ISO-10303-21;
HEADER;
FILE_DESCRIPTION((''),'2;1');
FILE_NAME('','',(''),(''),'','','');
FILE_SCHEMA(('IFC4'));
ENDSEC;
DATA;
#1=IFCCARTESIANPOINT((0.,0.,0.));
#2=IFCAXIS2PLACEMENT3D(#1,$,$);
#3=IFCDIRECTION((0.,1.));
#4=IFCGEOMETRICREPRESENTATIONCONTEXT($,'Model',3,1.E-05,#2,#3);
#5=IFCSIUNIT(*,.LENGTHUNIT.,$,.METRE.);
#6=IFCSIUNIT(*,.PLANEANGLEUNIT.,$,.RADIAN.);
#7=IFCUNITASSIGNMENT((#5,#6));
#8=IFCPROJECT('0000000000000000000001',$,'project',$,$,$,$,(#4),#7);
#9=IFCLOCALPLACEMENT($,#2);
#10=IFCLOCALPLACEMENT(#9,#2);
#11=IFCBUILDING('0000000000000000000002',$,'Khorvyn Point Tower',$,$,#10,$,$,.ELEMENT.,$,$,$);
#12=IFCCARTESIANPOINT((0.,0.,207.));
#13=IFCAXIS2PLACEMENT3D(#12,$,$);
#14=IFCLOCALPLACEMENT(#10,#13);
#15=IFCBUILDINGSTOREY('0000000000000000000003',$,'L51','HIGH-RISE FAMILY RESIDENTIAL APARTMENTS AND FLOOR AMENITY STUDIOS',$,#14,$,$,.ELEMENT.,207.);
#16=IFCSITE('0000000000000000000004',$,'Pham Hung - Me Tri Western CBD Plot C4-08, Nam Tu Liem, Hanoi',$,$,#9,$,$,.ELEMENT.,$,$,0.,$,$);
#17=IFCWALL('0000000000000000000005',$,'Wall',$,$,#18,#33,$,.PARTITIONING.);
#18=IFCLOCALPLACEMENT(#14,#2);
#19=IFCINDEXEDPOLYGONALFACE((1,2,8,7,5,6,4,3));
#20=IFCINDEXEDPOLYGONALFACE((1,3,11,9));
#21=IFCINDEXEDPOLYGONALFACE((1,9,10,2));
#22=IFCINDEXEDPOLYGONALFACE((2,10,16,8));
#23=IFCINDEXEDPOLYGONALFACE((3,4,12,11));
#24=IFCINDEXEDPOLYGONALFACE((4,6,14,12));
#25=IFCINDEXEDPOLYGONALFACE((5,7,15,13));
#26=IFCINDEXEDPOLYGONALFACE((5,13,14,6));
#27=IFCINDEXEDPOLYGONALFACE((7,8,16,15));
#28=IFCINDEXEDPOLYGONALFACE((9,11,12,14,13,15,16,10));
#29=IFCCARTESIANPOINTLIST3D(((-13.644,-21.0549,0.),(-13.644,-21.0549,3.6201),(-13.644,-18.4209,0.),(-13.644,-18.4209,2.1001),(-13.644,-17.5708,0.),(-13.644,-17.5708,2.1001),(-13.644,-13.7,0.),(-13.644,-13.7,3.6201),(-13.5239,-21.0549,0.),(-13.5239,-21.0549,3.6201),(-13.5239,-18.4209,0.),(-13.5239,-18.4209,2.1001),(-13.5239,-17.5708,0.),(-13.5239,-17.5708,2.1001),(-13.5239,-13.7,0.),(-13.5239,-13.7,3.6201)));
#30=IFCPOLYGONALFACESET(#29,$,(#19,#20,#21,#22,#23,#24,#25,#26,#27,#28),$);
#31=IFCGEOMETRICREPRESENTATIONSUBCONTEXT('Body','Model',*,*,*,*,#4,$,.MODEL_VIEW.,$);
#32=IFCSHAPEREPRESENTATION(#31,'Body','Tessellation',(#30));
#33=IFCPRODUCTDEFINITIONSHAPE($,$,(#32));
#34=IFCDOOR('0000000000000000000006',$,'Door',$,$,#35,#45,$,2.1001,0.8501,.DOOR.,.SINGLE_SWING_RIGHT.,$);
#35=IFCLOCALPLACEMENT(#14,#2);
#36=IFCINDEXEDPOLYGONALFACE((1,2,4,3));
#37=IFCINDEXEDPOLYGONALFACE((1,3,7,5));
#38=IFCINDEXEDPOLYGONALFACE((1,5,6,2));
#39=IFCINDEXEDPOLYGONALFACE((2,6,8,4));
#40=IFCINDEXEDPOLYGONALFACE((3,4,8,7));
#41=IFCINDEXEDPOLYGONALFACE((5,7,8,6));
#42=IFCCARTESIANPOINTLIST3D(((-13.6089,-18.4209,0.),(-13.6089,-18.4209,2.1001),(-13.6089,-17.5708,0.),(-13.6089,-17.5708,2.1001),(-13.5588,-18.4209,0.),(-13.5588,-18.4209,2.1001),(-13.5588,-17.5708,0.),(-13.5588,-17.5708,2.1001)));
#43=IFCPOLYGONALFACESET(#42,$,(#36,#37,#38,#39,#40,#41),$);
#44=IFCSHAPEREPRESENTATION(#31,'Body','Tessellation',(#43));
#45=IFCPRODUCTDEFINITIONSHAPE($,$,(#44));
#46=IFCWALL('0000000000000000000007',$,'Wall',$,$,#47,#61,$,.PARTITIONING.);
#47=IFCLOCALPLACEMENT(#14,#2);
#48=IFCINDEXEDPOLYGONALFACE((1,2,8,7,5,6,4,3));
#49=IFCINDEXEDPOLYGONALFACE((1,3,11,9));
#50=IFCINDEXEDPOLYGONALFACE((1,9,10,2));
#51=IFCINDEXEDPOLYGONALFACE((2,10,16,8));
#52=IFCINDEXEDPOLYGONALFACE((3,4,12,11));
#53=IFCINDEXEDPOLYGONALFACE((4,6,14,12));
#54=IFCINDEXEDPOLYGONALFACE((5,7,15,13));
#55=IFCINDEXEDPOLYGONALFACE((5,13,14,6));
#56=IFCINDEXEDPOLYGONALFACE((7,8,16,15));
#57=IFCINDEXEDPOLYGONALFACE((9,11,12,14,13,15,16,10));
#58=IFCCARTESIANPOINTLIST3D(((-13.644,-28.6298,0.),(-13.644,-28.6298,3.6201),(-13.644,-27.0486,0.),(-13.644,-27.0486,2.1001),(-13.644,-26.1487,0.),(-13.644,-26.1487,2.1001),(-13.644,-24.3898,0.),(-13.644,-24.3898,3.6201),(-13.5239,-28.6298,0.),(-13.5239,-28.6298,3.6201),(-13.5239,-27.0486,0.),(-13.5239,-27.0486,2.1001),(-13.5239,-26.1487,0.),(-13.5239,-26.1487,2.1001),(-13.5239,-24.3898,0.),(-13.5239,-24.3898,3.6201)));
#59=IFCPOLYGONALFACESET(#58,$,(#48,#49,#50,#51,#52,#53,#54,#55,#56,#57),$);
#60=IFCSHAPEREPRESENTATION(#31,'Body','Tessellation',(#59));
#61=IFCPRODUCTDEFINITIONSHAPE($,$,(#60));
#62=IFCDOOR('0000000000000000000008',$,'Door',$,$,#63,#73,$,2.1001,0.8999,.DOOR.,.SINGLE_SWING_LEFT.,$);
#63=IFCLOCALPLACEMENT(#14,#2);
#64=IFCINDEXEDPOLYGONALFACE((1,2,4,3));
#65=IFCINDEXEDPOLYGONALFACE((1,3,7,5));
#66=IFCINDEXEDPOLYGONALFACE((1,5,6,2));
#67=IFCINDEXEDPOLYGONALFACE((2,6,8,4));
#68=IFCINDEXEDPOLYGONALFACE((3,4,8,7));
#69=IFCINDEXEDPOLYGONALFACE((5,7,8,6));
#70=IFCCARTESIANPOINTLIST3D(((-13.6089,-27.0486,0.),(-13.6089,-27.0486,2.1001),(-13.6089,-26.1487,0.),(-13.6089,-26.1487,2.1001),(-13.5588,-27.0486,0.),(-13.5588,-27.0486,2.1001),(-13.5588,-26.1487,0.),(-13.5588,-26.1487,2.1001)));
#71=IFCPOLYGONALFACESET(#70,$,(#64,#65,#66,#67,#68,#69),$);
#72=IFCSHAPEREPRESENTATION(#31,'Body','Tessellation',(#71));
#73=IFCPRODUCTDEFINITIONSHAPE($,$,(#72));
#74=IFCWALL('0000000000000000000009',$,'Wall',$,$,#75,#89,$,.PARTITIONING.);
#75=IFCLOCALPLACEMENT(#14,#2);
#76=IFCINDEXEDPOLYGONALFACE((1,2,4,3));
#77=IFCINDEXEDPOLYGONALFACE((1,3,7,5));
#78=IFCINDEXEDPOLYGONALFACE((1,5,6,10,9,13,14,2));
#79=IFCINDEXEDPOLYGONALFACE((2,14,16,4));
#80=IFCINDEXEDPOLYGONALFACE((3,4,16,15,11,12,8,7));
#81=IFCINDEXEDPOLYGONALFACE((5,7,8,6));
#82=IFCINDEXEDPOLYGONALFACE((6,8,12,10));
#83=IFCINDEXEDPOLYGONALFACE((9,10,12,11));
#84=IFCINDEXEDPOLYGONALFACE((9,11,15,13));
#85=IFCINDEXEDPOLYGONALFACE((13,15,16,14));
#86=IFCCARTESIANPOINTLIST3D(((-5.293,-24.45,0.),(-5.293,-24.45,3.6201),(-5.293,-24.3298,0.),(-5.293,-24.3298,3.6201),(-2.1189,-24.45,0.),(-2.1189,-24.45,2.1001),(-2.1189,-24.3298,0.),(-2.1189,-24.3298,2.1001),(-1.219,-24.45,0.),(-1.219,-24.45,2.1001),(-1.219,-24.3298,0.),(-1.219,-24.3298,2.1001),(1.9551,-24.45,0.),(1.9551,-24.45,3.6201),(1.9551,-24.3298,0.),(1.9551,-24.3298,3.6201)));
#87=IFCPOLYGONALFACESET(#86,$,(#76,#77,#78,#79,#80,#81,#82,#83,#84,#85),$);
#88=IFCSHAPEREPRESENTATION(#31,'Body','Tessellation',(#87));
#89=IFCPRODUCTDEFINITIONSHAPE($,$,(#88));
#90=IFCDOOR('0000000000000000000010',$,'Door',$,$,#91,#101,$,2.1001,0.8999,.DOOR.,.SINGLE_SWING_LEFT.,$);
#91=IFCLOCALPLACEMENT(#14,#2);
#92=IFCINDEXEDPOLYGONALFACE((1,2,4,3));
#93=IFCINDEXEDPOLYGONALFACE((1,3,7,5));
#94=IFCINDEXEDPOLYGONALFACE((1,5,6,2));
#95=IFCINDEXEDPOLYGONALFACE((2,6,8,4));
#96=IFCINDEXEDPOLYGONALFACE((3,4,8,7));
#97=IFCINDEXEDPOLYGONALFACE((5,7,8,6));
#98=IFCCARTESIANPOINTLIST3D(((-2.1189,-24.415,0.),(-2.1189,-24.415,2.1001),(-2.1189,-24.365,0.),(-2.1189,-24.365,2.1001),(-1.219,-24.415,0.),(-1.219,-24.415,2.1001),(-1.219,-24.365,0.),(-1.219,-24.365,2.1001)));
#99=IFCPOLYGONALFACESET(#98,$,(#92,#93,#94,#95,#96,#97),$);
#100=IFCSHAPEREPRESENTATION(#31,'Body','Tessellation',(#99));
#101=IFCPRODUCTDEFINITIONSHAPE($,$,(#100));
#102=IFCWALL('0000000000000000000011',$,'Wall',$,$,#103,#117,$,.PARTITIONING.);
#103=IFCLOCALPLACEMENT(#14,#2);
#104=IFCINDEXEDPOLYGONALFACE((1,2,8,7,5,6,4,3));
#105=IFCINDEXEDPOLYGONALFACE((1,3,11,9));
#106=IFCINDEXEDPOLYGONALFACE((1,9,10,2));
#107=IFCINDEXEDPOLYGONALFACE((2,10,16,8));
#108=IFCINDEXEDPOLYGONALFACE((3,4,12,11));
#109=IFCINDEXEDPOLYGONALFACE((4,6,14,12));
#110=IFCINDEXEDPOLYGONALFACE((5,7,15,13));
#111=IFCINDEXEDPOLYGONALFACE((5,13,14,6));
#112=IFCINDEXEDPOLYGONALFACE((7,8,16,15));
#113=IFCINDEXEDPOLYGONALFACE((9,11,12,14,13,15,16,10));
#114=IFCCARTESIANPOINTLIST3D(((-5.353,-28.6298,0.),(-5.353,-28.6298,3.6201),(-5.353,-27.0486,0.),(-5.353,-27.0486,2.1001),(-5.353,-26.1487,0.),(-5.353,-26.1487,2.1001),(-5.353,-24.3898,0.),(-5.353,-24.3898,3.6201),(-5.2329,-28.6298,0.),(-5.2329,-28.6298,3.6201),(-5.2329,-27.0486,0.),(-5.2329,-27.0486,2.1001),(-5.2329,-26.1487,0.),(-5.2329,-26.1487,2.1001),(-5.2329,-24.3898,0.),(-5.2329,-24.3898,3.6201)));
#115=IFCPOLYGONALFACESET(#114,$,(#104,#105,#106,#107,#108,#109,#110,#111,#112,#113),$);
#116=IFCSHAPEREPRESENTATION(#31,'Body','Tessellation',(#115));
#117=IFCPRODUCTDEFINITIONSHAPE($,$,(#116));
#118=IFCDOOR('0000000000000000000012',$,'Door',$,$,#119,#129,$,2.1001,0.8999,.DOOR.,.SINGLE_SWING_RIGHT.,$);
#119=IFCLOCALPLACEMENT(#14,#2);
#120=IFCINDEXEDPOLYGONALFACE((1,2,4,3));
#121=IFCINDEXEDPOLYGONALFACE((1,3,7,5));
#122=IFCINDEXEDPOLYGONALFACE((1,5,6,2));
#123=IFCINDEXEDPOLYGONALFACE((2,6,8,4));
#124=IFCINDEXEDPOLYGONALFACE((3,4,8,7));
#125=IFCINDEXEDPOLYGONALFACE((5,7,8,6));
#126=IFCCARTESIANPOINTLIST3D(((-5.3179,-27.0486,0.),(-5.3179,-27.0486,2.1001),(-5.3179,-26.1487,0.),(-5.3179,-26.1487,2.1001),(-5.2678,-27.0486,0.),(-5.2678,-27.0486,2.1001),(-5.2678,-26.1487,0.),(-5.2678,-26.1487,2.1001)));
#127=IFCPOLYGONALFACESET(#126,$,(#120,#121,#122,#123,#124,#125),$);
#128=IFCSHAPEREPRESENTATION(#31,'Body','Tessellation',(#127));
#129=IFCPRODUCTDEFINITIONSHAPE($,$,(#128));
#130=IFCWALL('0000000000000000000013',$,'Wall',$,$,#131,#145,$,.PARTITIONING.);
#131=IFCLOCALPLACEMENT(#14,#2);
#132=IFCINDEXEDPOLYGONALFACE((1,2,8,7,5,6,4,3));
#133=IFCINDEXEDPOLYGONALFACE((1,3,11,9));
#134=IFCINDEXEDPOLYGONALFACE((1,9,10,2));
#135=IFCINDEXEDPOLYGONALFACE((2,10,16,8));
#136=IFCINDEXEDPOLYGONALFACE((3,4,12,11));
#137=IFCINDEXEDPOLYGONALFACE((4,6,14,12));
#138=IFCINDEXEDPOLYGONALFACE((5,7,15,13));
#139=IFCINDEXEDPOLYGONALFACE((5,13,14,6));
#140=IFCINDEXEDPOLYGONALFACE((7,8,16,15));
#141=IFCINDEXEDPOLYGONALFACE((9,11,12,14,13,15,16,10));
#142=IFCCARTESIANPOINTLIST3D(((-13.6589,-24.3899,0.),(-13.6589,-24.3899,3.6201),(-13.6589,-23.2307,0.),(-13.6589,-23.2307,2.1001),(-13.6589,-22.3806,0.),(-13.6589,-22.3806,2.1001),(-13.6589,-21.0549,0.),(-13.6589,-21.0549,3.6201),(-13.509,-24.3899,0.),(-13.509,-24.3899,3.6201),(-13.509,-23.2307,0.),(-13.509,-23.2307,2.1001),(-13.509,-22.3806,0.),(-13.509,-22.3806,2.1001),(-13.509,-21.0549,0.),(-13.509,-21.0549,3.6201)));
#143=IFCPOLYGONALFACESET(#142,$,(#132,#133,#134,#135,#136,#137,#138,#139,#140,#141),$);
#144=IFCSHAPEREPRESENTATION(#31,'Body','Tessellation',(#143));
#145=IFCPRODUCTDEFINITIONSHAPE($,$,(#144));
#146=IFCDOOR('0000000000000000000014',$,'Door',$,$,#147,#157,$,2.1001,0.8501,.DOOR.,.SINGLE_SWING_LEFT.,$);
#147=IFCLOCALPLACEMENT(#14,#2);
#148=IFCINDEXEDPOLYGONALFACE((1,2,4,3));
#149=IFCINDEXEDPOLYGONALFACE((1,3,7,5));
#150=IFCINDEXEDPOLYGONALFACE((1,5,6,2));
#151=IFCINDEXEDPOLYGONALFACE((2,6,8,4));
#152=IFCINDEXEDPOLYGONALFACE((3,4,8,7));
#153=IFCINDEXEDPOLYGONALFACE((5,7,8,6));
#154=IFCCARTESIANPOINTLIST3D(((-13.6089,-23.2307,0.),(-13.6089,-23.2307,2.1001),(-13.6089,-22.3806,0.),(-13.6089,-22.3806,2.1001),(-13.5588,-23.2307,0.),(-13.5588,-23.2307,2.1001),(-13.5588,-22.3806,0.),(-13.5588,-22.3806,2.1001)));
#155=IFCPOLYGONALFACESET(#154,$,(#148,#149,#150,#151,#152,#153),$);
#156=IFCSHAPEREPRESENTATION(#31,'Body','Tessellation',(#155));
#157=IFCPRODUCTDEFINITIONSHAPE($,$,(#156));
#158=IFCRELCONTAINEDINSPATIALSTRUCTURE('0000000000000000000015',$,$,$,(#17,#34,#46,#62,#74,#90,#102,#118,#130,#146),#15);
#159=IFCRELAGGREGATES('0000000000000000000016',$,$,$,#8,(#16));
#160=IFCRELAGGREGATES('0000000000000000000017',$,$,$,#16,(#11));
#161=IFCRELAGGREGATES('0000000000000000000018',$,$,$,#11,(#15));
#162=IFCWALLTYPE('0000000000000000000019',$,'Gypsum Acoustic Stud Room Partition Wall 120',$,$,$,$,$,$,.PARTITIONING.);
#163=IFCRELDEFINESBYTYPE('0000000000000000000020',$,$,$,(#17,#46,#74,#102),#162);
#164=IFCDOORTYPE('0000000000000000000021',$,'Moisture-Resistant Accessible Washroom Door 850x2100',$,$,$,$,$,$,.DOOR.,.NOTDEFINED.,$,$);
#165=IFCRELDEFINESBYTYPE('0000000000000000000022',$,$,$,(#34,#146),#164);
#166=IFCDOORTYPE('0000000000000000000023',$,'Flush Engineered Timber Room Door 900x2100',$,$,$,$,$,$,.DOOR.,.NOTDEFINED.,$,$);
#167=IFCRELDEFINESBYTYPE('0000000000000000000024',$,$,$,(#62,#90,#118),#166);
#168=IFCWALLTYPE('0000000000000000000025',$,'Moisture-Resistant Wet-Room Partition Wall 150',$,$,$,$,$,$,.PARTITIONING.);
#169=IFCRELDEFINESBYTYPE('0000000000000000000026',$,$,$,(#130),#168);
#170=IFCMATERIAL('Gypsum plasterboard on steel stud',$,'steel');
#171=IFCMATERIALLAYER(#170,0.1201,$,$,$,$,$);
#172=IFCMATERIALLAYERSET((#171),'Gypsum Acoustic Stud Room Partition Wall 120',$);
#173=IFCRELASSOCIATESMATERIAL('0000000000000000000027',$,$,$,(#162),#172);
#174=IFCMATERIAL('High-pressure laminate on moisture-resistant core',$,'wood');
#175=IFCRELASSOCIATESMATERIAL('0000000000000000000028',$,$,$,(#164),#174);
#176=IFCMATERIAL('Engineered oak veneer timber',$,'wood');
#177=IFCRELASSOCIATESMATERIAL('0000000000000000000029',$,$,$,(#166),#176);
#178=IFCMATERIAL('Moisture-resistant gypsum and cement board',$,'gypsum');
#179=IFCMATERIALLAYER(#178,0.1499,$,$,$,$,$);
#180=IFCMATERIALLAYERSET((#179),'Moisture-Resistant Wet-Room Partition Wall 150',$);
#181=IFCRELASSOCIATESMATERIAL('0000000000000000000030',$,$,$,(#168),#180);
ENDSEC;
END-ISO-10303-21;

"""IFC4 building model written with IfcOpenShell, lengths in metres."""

from ifc_helpers import new_model, si_unit, direction, frame, frame_2d, origin, place, context, subcontext, project, spatial, rectangle, extrude, material, layer, layer_set, type_object, element, fill, save


model = new_model("IFC4")

# Units and contexts
model_context = context("Model", 3, precision=1e-05, world=origin(), true_north=direction((0.0, 1.0)))
body_context = subcontext(model_context, "Body", "Model", "MODEL_VIEW")
ifc_project = project(units=[si_unit("LENGTHUNIT", "METRE"), si_unit("PLANEANGLEUNIT", "RADIAN")], contexts=[model_context])

# Site, building, storey
site_placement = place(None, origin())
site = spatial("IfcSite", under=ifc_project, at=site_placement, Name="Pham Hung - Me Tri Western CBD Plot C4-08, Nam Tu Liem, Hanoi", CompositionType="ELEMENT", RefElevation=0.0)
building_placement = place(site_placement, origin())
building = spatial("IfcBuilding", under=site, at=building_placement, Name="Khorvyn Point Tower", CompositionType="ELEMENT")
storey_placement = place(building_placement, frame((0.0, 0.0, 207.0)))
storey = spatial("IfcBuildingStorey", under=building, at=storey_placement, Name="L51", Description="HIGH-RISE FAMILY RESIDENTIAL APARTMENTS AND FLOOR AMENITY STUDIOS", CompositionType="ELEMENT", Elevation=207.0)

# Walls, openings, doors
ifc_material_1 = material(Name="Gypsum plasterboard on steel stud", Category="steel")
ifc_layer_1 = layer(ifc_material_1, 0.1201)
ifc_layer_set_1 = layer_set([ifc_layer_1], Name="Gypsum Acoustic Stud Room Partition Wall 120")
wall_type_1 = type_object("IfcWallType", Name="Gypsum Acoustic Stud Room Partition Wall 120", PredefinedType="PARTITIONING", material=ifc_layer_set_1)
wall_1_placement = place(storey_placement, frame((-13.584, -21.0549, 0.0), z_axis=(0.0, 0.0, 1.0), x_axis=(0.0, 1.0, 0.0)))
wall_1 = element("IfcWall", 1, at=wall_1_placement, inside=storey, type_object=wall_type_1, Name="Wall", PredefinedType="PARTITIONING", context=body_context, shape_type="SweptSolid", body=[
    extrude(rectangle(XDim=7.355, YDim=0.1201, at=frame_2d((3.6775, 0.0))), origin(), (0.0, 0.0, 1.0), 3.6201),
])
opening_1_placement = place(wall_1_placement, frame((2.634, 0.0, 0.0)))
opening_1 = element("IfcOpeningElement", 2, at=opening_1_placement, cuts=wall_1, PredefinedType="OPENING", context=body_context, shape_type="SweptSolid", body=[
    extrude(rectangle(XDim=0.8501, YDim=2.1001, at=frame_2d((0.425, 1.05))), frame((0.0, 0.0701, 0.0), z_axis=(0.0, -1.0, 0.0), x_axis=(1.0, 0.0, 0.0)), (0.0, 0.0, 1.0), 0.1401),
])
ifc_material_2 = material(Name="High-pressure laminate on moisture-resistant core", Category="wood")
door_type_1 = type_object("IfcDoorType", Name="Moisture-Resistant Accessible Washroom Door 850x2100", OperationType="NOTDEFINED", PredefinedType="DOOR", material=ifc_material_2)
door_1_placement = place(opening_1_placement, origin())
door_1 = element("IfcDoor", 3, at=door_1_placement, inside=storey, type_object=door_type_1, Name="Door", OperationType="SINGLE_SWING_RIGHT", OverallHeight=2.1001, OverallWidth=0.8501, PredefinedType="DOOR", context=body_context, shape_type="SweptSolid", body=[
    extrude(rectangle(XDim=0.8501, YDim=2.1001, at=frame_2d((0.425, 1.05))), frame((0.0, 0.0249, 0.0), z_axis=(0.0, -1.0, 0.0), x_axis=(1.0, 0.0, 0.0)), (0.0, 0.0, 1.0), 0.05),
])
fill(opening_1, door_1)
wall_2_placement = place(storey_placement, frame((-13.584, -28.6299, 0.0), z_axis=(0.0, 0.0, 1.0), x_axis=(0.0, 1.0, 0.0)))
wall_2 = element("IfcWall", 4, at=wall_2_placement, inside=storey, type_object=wall_type_1, Name="Wall", PredefinedType="PARTITIONING", context=body_context, shape_type="SweptSolid", body=[
    extrude(rectangle(XDim=4.24, YDim=0.1201, at=frame_2d((2.1201, 0.0))), origin(), (0.0, 0.0, 1.0), 3.6201),
])
opening_2_placement = place(wall_2_placement, frame((1.5813, 0.0, 0.0)))
opening_2 = element("IfcOpeningElement", 5, at=opening_2_placement, cuts=wall_2, PredefinedType="OPENING", context=body_context, shape_type="SweptSolid", body=[
    extrude(rectangle(XDim=0.8999, YDim=2.1001, at=frame_2d((0.45, 1.05))), frame((0.0, 0.0701, 0.0), z_axis=(0.0, -1.0, 0.0), x_axis=(1.0, 0.0, 0.0)), (0.0, 0.0, 1.0), 0.1401),
])
ifc_material_3 = material(Name="Engineered oak veneer timber", Category="wood")
door_type_2 = type_object("IfcDoorType", Name="Flush Engineered Timber Room Door 900x2100", OperationType="NOTDEFINED", PredefinedType="DOOR", material=ifc_material_3)
door_2_placement = place(opening_2_placement, origin())
door_2 = element("IfcDoor", 6, at=door_2_placement, inside=storey, type_object=door_type_2, Name="Door", OperationType="SINGLE_SWING_LEFT", OverallHeight=2.1001, OverallWidth=0.8999, PredefinedType="DOOR", context=body_context, shape_type="SweptSolid", body=[
    extrude(rectangle(XDim=0.8999, YDim=2.1001, at=frame_2d((0.45, 1.05))), frame((0.0, 0.0249, 0.0), z_axis=(0.0, -1.0, 0.0), x_axis=(1.0, 0.0, 0.0)), (0.0, 0.0, 1.0), 0.05),
])
fill(opening_2, door_2)
wall_3_placement = place(storey_placement, frame((-5.293, -24.3899, 0.0), z_axis=(0.0, 0.0, 1.0), x_axis=(1.0, 0.0, 0.0)))
wall_3 = element("IfcWall", 7, at=wall_3_placement, inside=storey, type_object=wall_type_1, Name="Wall", PredefinedType="PARTITIONING", context=body_context, shape_type="SweptSolid", body=[
    extrude(rectangle(XDim=7.248, YDim=0.1201, at=frame_2d((3.624, 0.0))), origin(), (0.0, 0.0, 1.0), 3.6201),
])
opening_3_placement = place(wall_3_placement, frame((3.1741, 0.0, 0.0)))
opening_3 = element("IfcOpeningElement", 8, at=opening_3_placement, cuts=wall_3, PredefinedType="OPENING", context=body_context, shape_type="SweptSolid", body=[
    extrude(rectangle(XDim=0.8999, YDim=2.1001, at=frame_2d((0.45, 1.05))), frame((0.0, 0.0701, 0.0), z_axis=(0.0, -1.0, 0.0), x_axis=(1.0, 0.0, 0.0)), (0.0, 0.0, 1.0), 0.1401),
])
door_3_placement = place(opening_3_placement, origin())
door_3 = element("IfcDoor", 9, at=door_3_placement, inside=storey, type_object=door_type_2, Name="Door", OperationType="SINGLE_SWING_LEFT", OverallHeight=2.1001, OverallWidth=0.8999, PredefinedType="DOOR", context=body_context, shape_type="SweptSolid", body=[
    extrude(rectangle(XDim=0.8999, YDim=2.1001, at=frame_2d((0.45, 1.05))), frame((0.0, 0.0249, 0.0), z_axis=(0.0, -1.0, 0.0), x_axis=(1.0, 0.0, 0.0)), (0.0, 0.0, 1.0), 0.05),
])
fill(opening_3, door_3)
wall_4_placement = place(storey_placement, frame((-5.293, -28.6299, 0.0), z_axis=(0.0, 0.0, 1.0), x_axis=(0.0, 1.0, 0.0)))
wall_4 = element("IfcWall", 10, at=wall_4_placement, inside=storey, type_object=wall_type_1, Name="Wall", PredefinedType="PARTITIONING", context=body_context, shape_type="SweptSolid", body=[
    extrude(rectangle(XDim=4.24, YDim=0.1201, at=frame_2d((2.1201, 0.0))), origin(), (0.0, 0.0, 1.0), 3.6201),
])
opening_4_placement = place(wall_4_placement, frame((1.5813, 0.0, 0.0)))
opening_4 = element("IfcOpeningElement", 11, at=opening_4_placement, cuts=wall_4, PredefinedType="OPENING", context=body_context, shape_type="SweptSolid", body=[
    extrude(rectangle(XDim=0.8999, YDim=2.1001, at=frame_2d((0.45, 1.05))), frame((0.0, 0.0701, 0.0), z_axis=(0.0, -1.0, 0.0), x_axis=(1.0, 0.0, 0.0)), (0.0, 0.0, 1.0), 0.1401),
])
door_4_placement = place(opening_4_placement, origin())
door_4 = element("IfcDoor", 12, at=door_4_placement, inside=storey, type_object=door_type_2, Name="Door", OperationType="SINGLE_SWING_RIGHT", OverallHeight=2.1001, OverallWidth=0.8999, PredefinedType="DOOR", context=body_context, shape_type="SweptSolid", body=[
    extrude(rectangle(XDim=0.8999, YDim=2.1001, at=frame_2d((0.45, 1.05))), frame((0.0, 0.0249, 0.0), z_axis=(0.0, -1.0, 0.0), x_axis=(1.0, 0.0, 0.0)), (0.0, 0.0, 1.0), 0.05),
])
fill(opening_4, door_4)
ifc_material_4 = material(Name="Moisture-resistant gypsum and cement board", Category="gypsum")
ifc_layer_2 = layer(ifc_material_4, 0.1499)
ifc_layer_set_2 = layer_set([ifc_layer_2], Name="Moisture-Resistant Wet-Room Partition Wall 150")
wall_type_2 = type_object("IfcWallType", Name="Moisture-Resistant Wet-Room Partition Wall 150", PredefinedType="PARTITIONING", material=ifc_layer_set_2)
wall_5_placement = place(storey_placement, frame((-13.584, -24.3899, 0.0), z_axis=(0.0, 0.0, 1.0), x_axis=(0.0, 1.0, 0.0)))
wall_5 = element("IfcWall", 13, at=wall_5_placement, inside=storey, type_object=wall_type_2, Name="Wall", PredefinedType="PARTITIONING", context=body_context, shape_type="SweptSolid", body=[
    extrude(rectangle(XDim=3.335, YDim=0.1499, at=frame_2d((1.6675, 0.0))), origin(), (0.0, 0.0, 1.0), 3.6201),
])
opening_5_placement = place(wall_5_placement, frame((1.1592, 0.0, 0.0)))
opening_5 = element("IfcOpeningElement", 14, at=opening_5_placement, cuts=wall_5, PredefinedType="OPENING", context=body_context, shape_type="SweptSolid", body=[
    extrude(rectangle(XDim=0.8501, YDim=2.1001, at=frame_2d((0.425, 1.05))), frame((0.0, 0.085, 0.0), z_axis=(0.0, -1.0, 0.0), x_axis=(1.0, 0.0, 0.0)), (0.0, 0.0, 1.0), 0.1699),
])
door_5_placement = place(opening_5_placement, origin())
door_5 = element("IfcDoor", 15, at=door_5_placement, inside=storey, type_object=door_type_1, Name="Door", OperationType="SINGLE_SWING_LEFT", OverallHeight=2.1001, OverallWidth=0.8501, PredefinedType="DOOR", context=body_context, shape_type="SweptSolid", body=[
    extrude(rectangle(XDim=0.8501, YDim=2.1001, at=frame_2d((0.425, 1.05))), frame((0.0, 0.0249, 0.0), z_axis=(0.0, -1.0, 0.0), x_axis=(1.0, 0.0, 0.0)), (0.0, 0.0, 1.0), 0.05),
])
fill(opening_5, door_5)

save(model, "model.ifc")
